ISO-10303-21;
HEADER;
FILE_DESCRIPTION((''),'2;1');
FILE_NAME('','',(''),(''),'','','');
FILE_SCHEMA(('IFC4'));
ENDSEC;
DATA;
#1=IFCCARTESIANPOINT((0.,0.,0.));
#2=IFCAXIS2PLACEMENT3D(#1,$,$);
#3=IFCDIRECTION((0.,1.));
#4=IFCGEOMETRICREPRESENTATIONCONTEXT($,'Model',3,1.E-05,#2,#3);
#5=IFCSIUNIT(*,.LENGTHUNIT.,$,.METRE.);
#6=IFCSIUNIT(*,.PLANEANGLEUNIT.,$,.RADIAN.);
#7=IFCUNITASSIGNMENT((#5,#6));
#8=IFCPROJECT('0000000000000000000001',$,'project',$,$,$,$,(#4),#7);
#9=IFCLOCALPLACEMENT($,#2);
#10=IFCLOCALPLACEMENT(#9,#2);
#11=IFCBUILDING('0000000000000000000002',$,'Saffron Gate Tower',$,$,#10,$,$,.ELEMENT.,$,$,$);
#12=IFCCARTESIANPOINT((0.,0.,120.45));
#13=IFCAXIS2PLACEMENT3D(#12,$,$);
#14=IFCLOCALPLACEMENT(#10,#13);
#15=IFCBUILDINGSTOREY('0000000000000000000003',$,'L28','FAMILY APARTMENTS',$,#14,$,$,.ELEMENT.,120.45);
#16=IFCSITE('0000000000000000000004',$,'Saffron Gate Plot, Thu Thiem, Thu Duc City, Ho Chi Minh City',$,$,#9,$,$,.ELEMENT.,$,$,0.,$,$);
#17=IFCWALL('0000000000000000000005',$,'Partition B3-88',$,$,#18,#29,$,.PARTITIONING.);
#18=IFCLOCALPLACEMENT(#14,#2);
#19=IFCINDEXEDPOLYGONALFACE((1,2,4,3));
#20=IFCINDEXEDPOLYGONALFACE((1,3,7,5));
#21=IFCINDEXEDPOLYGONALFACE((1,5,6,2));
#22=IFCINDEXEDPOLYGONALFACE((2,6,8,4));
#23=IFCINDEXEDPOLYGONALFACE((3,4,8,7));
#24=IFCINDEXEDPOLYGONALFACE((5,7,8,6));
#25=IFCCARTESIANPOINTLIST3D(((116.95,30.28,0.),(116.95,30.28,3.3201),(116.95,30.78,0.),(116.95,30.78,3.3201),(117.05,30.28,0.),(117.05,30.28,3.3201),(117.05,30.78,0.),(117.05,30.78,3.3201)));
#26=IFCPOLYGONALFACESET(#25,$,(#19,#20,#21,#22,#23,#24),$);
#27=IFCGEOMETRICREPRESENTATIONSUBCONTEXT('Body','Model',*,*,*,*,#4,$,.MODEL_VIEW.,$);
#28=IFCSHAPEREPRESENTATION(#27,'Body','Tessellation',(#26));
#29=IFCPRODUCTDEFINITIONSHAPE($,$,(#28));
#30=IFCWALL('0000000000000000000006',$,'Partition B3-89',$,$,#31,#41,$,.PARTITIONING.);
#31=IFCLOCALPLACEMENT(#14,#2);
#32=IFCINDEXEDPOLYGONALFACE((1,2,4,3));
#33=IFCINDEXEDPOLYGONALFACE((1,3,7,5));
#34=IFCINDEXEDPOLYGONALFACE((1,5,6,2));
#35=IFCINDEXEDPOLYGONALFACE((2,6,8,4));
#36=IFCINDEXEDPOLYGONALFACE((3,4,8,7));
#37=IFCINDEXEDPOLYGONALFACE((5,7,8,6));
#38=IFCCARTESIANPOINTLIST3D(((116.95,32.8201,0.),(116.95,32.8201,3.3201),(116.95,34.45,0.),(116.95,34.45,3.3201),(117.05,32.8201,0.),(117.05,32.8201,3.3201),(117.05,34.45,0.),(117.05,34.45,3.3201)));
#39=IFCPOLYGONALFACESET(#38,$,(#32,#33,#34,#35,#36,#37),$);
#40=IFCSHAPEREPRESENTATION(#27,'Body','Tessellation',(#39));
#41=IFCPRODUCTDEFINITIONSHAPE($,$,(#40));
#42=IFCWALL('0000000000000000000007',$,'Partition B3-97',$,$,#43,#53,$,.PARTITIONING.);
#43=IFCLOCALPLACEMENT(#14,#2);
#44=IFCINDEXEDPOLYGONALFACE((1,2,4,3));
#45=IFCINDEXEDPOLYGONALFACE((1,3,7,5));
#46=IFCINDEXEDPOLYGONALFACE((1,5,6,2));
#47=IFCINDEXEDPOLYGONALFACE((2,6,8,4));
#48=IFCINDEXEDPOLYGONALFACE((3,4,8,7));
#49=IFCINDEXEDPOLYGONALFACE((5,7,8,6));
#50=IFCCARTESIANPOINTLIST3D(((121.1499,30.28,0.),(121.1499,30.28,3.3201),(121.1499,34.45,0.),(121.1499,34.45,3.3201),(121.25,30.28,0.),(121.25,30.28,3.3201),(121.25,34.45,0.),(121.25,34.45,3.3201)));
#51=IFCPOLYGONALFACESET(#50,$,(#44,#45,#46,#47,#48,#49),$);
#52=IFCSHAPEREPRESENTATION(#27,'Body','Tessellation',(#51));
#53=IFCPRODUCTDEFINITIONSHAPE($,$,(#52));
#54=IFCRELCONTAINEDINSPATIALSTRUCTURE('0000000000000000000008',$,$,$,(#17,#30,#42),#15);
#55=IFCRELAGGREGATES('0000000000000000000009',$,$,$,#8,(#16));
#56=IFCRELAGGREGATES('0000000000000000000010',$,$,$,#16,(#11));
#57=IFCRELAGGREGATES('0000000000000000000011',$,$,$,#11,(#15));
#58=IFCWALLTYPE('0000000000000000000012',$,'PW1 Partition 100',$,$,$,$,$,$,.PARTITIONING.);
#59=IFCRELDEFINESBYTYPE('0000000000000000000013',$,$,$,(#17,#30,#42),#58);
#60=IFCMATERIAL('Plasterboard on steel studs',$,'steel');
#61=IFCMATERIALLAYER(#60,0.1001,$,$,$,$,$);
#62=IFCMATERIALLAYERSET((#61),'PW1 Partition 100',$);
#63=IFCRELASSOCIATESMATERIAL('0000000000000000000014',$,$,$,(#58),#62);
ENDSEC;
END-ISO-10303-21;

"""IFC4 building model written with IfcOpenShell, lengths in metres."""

from ifc_helpers import new_model, si_unit, direction, frame, frame_2d, origin, place, context, subcontext, project, spatial, rectangle, extrude, material, layer, layer_set, type_object, element, save


model = new_model("IFC4")

# Units and contexts
model_context = context("Model", 3, precision=1e-05, world=origin(), true_north=direction((0.0, 1.0)))
body_context = subcontext(model_context, "Body", "Model", "MODEL_VIEW")
ifc_project = project(units=[si_unit("LENGTHUNIT", "METRE"), si_unit("PLANEANGLEUNIT", "RADIAN")], contexts=[model_context])

# Site, building, storey
site_placement = place(None, origin())
site = spatial("IfcSite", under=ifc_project, at=site_placement, Name="Saffron Gate Plot, Thu Thiem, Thu Duc City, Ho Chi Minh City", CompositionType="ELEMENT", RefElevation=0.0)
building_placement = place(site_placement, origin())
building = spatial("IfcBuilding", under=site, at=building_placement, Name="Saffron Gate Tower", CompositionType="ELEMENT")
storey_placement = place(building_placement, frame((0.0, 0.0, 120.45)))
storey = spatial("IfcBuildingStorey", under=building, at=storey_placement, Name="L28", Description="FAMILY APARTMENTS", CompositionType="ELEMENT", Elevation=120.45)

# Shared definitions
ifc_material_1 = material(Name="Plasterboard on steel studs", Category="steel")
ifc_layer = layer(ifc_material_1, 0.1001)
ifc_layer_set = layer_set([ifc_layer], Name="PW1 Partition 100")
wall_type = type_object("IfcWallType", Name="PW1 Partition 100", PredefinedType="PARTITIONING", material=ifc_layer_set)

# Walls
wall_1_placement = place(storey_placement, frame((117.0, 30.78, 0.0), z_axis=(0.0, 0.0, 1.0), x_axis=(0.0, -1.0, 0.0)))
element("IfcWall", 1, at=wall_1_placement, inside=storey, type_object=wall_type, Name="Partition B3-88", PredefinedType="PARTITIONING", context=body_context, shape_type="SweptSolid", body=[
    extrude(rectangle(XDim=0.5, YDim=0.1001, at=frame_2d((0.25, 0.0))), origin(), (0.0, 0.0, 1.0), 3.3201),
])
wall_2_placement = place(storey_placement, frame((117.0, 34.45, 0.0), z_axis=(0.0, 0.0, 1.0), x_axis=(0.0, -1.0, 0.0)))
element("IfcWall", 2, at=wall_2_placement, inside=storey, type_object=wall_type, Name="Partition B3-89", PredefinedType="PARTITIONING", context=body_context, shape_type="SweptSolid", body=[
    extrude(rectangle(XDim=1.6299, YDim=0.1001, at=frame_2d((0.8149, 0.0))), origin(), (0.0, 0.0, 1.0), 3.3201),
])
wall_3_placement = place(storey_placement, frame((121.2, 34.45, 0.0), z_axis=(0.0, 0.0, 1.0), x_axis=(0.0, -1.0, 0.0)))
element("IfcWall", 3, at=wall_3_placement, inside=storey, type_object=wall_type, Name="Partition B3-97", PredefinedType="PARTITIONING", context=body_context, shape_type="SweptSolid", body=[
    extrude(rectangle(XDim=4.1699, YDim=0.1001, at=frame_2d((2.085, 0.0))), origin(), (0.0, 0.0, 1.0), 3.3201),
])

save(model, "model.ifc")
